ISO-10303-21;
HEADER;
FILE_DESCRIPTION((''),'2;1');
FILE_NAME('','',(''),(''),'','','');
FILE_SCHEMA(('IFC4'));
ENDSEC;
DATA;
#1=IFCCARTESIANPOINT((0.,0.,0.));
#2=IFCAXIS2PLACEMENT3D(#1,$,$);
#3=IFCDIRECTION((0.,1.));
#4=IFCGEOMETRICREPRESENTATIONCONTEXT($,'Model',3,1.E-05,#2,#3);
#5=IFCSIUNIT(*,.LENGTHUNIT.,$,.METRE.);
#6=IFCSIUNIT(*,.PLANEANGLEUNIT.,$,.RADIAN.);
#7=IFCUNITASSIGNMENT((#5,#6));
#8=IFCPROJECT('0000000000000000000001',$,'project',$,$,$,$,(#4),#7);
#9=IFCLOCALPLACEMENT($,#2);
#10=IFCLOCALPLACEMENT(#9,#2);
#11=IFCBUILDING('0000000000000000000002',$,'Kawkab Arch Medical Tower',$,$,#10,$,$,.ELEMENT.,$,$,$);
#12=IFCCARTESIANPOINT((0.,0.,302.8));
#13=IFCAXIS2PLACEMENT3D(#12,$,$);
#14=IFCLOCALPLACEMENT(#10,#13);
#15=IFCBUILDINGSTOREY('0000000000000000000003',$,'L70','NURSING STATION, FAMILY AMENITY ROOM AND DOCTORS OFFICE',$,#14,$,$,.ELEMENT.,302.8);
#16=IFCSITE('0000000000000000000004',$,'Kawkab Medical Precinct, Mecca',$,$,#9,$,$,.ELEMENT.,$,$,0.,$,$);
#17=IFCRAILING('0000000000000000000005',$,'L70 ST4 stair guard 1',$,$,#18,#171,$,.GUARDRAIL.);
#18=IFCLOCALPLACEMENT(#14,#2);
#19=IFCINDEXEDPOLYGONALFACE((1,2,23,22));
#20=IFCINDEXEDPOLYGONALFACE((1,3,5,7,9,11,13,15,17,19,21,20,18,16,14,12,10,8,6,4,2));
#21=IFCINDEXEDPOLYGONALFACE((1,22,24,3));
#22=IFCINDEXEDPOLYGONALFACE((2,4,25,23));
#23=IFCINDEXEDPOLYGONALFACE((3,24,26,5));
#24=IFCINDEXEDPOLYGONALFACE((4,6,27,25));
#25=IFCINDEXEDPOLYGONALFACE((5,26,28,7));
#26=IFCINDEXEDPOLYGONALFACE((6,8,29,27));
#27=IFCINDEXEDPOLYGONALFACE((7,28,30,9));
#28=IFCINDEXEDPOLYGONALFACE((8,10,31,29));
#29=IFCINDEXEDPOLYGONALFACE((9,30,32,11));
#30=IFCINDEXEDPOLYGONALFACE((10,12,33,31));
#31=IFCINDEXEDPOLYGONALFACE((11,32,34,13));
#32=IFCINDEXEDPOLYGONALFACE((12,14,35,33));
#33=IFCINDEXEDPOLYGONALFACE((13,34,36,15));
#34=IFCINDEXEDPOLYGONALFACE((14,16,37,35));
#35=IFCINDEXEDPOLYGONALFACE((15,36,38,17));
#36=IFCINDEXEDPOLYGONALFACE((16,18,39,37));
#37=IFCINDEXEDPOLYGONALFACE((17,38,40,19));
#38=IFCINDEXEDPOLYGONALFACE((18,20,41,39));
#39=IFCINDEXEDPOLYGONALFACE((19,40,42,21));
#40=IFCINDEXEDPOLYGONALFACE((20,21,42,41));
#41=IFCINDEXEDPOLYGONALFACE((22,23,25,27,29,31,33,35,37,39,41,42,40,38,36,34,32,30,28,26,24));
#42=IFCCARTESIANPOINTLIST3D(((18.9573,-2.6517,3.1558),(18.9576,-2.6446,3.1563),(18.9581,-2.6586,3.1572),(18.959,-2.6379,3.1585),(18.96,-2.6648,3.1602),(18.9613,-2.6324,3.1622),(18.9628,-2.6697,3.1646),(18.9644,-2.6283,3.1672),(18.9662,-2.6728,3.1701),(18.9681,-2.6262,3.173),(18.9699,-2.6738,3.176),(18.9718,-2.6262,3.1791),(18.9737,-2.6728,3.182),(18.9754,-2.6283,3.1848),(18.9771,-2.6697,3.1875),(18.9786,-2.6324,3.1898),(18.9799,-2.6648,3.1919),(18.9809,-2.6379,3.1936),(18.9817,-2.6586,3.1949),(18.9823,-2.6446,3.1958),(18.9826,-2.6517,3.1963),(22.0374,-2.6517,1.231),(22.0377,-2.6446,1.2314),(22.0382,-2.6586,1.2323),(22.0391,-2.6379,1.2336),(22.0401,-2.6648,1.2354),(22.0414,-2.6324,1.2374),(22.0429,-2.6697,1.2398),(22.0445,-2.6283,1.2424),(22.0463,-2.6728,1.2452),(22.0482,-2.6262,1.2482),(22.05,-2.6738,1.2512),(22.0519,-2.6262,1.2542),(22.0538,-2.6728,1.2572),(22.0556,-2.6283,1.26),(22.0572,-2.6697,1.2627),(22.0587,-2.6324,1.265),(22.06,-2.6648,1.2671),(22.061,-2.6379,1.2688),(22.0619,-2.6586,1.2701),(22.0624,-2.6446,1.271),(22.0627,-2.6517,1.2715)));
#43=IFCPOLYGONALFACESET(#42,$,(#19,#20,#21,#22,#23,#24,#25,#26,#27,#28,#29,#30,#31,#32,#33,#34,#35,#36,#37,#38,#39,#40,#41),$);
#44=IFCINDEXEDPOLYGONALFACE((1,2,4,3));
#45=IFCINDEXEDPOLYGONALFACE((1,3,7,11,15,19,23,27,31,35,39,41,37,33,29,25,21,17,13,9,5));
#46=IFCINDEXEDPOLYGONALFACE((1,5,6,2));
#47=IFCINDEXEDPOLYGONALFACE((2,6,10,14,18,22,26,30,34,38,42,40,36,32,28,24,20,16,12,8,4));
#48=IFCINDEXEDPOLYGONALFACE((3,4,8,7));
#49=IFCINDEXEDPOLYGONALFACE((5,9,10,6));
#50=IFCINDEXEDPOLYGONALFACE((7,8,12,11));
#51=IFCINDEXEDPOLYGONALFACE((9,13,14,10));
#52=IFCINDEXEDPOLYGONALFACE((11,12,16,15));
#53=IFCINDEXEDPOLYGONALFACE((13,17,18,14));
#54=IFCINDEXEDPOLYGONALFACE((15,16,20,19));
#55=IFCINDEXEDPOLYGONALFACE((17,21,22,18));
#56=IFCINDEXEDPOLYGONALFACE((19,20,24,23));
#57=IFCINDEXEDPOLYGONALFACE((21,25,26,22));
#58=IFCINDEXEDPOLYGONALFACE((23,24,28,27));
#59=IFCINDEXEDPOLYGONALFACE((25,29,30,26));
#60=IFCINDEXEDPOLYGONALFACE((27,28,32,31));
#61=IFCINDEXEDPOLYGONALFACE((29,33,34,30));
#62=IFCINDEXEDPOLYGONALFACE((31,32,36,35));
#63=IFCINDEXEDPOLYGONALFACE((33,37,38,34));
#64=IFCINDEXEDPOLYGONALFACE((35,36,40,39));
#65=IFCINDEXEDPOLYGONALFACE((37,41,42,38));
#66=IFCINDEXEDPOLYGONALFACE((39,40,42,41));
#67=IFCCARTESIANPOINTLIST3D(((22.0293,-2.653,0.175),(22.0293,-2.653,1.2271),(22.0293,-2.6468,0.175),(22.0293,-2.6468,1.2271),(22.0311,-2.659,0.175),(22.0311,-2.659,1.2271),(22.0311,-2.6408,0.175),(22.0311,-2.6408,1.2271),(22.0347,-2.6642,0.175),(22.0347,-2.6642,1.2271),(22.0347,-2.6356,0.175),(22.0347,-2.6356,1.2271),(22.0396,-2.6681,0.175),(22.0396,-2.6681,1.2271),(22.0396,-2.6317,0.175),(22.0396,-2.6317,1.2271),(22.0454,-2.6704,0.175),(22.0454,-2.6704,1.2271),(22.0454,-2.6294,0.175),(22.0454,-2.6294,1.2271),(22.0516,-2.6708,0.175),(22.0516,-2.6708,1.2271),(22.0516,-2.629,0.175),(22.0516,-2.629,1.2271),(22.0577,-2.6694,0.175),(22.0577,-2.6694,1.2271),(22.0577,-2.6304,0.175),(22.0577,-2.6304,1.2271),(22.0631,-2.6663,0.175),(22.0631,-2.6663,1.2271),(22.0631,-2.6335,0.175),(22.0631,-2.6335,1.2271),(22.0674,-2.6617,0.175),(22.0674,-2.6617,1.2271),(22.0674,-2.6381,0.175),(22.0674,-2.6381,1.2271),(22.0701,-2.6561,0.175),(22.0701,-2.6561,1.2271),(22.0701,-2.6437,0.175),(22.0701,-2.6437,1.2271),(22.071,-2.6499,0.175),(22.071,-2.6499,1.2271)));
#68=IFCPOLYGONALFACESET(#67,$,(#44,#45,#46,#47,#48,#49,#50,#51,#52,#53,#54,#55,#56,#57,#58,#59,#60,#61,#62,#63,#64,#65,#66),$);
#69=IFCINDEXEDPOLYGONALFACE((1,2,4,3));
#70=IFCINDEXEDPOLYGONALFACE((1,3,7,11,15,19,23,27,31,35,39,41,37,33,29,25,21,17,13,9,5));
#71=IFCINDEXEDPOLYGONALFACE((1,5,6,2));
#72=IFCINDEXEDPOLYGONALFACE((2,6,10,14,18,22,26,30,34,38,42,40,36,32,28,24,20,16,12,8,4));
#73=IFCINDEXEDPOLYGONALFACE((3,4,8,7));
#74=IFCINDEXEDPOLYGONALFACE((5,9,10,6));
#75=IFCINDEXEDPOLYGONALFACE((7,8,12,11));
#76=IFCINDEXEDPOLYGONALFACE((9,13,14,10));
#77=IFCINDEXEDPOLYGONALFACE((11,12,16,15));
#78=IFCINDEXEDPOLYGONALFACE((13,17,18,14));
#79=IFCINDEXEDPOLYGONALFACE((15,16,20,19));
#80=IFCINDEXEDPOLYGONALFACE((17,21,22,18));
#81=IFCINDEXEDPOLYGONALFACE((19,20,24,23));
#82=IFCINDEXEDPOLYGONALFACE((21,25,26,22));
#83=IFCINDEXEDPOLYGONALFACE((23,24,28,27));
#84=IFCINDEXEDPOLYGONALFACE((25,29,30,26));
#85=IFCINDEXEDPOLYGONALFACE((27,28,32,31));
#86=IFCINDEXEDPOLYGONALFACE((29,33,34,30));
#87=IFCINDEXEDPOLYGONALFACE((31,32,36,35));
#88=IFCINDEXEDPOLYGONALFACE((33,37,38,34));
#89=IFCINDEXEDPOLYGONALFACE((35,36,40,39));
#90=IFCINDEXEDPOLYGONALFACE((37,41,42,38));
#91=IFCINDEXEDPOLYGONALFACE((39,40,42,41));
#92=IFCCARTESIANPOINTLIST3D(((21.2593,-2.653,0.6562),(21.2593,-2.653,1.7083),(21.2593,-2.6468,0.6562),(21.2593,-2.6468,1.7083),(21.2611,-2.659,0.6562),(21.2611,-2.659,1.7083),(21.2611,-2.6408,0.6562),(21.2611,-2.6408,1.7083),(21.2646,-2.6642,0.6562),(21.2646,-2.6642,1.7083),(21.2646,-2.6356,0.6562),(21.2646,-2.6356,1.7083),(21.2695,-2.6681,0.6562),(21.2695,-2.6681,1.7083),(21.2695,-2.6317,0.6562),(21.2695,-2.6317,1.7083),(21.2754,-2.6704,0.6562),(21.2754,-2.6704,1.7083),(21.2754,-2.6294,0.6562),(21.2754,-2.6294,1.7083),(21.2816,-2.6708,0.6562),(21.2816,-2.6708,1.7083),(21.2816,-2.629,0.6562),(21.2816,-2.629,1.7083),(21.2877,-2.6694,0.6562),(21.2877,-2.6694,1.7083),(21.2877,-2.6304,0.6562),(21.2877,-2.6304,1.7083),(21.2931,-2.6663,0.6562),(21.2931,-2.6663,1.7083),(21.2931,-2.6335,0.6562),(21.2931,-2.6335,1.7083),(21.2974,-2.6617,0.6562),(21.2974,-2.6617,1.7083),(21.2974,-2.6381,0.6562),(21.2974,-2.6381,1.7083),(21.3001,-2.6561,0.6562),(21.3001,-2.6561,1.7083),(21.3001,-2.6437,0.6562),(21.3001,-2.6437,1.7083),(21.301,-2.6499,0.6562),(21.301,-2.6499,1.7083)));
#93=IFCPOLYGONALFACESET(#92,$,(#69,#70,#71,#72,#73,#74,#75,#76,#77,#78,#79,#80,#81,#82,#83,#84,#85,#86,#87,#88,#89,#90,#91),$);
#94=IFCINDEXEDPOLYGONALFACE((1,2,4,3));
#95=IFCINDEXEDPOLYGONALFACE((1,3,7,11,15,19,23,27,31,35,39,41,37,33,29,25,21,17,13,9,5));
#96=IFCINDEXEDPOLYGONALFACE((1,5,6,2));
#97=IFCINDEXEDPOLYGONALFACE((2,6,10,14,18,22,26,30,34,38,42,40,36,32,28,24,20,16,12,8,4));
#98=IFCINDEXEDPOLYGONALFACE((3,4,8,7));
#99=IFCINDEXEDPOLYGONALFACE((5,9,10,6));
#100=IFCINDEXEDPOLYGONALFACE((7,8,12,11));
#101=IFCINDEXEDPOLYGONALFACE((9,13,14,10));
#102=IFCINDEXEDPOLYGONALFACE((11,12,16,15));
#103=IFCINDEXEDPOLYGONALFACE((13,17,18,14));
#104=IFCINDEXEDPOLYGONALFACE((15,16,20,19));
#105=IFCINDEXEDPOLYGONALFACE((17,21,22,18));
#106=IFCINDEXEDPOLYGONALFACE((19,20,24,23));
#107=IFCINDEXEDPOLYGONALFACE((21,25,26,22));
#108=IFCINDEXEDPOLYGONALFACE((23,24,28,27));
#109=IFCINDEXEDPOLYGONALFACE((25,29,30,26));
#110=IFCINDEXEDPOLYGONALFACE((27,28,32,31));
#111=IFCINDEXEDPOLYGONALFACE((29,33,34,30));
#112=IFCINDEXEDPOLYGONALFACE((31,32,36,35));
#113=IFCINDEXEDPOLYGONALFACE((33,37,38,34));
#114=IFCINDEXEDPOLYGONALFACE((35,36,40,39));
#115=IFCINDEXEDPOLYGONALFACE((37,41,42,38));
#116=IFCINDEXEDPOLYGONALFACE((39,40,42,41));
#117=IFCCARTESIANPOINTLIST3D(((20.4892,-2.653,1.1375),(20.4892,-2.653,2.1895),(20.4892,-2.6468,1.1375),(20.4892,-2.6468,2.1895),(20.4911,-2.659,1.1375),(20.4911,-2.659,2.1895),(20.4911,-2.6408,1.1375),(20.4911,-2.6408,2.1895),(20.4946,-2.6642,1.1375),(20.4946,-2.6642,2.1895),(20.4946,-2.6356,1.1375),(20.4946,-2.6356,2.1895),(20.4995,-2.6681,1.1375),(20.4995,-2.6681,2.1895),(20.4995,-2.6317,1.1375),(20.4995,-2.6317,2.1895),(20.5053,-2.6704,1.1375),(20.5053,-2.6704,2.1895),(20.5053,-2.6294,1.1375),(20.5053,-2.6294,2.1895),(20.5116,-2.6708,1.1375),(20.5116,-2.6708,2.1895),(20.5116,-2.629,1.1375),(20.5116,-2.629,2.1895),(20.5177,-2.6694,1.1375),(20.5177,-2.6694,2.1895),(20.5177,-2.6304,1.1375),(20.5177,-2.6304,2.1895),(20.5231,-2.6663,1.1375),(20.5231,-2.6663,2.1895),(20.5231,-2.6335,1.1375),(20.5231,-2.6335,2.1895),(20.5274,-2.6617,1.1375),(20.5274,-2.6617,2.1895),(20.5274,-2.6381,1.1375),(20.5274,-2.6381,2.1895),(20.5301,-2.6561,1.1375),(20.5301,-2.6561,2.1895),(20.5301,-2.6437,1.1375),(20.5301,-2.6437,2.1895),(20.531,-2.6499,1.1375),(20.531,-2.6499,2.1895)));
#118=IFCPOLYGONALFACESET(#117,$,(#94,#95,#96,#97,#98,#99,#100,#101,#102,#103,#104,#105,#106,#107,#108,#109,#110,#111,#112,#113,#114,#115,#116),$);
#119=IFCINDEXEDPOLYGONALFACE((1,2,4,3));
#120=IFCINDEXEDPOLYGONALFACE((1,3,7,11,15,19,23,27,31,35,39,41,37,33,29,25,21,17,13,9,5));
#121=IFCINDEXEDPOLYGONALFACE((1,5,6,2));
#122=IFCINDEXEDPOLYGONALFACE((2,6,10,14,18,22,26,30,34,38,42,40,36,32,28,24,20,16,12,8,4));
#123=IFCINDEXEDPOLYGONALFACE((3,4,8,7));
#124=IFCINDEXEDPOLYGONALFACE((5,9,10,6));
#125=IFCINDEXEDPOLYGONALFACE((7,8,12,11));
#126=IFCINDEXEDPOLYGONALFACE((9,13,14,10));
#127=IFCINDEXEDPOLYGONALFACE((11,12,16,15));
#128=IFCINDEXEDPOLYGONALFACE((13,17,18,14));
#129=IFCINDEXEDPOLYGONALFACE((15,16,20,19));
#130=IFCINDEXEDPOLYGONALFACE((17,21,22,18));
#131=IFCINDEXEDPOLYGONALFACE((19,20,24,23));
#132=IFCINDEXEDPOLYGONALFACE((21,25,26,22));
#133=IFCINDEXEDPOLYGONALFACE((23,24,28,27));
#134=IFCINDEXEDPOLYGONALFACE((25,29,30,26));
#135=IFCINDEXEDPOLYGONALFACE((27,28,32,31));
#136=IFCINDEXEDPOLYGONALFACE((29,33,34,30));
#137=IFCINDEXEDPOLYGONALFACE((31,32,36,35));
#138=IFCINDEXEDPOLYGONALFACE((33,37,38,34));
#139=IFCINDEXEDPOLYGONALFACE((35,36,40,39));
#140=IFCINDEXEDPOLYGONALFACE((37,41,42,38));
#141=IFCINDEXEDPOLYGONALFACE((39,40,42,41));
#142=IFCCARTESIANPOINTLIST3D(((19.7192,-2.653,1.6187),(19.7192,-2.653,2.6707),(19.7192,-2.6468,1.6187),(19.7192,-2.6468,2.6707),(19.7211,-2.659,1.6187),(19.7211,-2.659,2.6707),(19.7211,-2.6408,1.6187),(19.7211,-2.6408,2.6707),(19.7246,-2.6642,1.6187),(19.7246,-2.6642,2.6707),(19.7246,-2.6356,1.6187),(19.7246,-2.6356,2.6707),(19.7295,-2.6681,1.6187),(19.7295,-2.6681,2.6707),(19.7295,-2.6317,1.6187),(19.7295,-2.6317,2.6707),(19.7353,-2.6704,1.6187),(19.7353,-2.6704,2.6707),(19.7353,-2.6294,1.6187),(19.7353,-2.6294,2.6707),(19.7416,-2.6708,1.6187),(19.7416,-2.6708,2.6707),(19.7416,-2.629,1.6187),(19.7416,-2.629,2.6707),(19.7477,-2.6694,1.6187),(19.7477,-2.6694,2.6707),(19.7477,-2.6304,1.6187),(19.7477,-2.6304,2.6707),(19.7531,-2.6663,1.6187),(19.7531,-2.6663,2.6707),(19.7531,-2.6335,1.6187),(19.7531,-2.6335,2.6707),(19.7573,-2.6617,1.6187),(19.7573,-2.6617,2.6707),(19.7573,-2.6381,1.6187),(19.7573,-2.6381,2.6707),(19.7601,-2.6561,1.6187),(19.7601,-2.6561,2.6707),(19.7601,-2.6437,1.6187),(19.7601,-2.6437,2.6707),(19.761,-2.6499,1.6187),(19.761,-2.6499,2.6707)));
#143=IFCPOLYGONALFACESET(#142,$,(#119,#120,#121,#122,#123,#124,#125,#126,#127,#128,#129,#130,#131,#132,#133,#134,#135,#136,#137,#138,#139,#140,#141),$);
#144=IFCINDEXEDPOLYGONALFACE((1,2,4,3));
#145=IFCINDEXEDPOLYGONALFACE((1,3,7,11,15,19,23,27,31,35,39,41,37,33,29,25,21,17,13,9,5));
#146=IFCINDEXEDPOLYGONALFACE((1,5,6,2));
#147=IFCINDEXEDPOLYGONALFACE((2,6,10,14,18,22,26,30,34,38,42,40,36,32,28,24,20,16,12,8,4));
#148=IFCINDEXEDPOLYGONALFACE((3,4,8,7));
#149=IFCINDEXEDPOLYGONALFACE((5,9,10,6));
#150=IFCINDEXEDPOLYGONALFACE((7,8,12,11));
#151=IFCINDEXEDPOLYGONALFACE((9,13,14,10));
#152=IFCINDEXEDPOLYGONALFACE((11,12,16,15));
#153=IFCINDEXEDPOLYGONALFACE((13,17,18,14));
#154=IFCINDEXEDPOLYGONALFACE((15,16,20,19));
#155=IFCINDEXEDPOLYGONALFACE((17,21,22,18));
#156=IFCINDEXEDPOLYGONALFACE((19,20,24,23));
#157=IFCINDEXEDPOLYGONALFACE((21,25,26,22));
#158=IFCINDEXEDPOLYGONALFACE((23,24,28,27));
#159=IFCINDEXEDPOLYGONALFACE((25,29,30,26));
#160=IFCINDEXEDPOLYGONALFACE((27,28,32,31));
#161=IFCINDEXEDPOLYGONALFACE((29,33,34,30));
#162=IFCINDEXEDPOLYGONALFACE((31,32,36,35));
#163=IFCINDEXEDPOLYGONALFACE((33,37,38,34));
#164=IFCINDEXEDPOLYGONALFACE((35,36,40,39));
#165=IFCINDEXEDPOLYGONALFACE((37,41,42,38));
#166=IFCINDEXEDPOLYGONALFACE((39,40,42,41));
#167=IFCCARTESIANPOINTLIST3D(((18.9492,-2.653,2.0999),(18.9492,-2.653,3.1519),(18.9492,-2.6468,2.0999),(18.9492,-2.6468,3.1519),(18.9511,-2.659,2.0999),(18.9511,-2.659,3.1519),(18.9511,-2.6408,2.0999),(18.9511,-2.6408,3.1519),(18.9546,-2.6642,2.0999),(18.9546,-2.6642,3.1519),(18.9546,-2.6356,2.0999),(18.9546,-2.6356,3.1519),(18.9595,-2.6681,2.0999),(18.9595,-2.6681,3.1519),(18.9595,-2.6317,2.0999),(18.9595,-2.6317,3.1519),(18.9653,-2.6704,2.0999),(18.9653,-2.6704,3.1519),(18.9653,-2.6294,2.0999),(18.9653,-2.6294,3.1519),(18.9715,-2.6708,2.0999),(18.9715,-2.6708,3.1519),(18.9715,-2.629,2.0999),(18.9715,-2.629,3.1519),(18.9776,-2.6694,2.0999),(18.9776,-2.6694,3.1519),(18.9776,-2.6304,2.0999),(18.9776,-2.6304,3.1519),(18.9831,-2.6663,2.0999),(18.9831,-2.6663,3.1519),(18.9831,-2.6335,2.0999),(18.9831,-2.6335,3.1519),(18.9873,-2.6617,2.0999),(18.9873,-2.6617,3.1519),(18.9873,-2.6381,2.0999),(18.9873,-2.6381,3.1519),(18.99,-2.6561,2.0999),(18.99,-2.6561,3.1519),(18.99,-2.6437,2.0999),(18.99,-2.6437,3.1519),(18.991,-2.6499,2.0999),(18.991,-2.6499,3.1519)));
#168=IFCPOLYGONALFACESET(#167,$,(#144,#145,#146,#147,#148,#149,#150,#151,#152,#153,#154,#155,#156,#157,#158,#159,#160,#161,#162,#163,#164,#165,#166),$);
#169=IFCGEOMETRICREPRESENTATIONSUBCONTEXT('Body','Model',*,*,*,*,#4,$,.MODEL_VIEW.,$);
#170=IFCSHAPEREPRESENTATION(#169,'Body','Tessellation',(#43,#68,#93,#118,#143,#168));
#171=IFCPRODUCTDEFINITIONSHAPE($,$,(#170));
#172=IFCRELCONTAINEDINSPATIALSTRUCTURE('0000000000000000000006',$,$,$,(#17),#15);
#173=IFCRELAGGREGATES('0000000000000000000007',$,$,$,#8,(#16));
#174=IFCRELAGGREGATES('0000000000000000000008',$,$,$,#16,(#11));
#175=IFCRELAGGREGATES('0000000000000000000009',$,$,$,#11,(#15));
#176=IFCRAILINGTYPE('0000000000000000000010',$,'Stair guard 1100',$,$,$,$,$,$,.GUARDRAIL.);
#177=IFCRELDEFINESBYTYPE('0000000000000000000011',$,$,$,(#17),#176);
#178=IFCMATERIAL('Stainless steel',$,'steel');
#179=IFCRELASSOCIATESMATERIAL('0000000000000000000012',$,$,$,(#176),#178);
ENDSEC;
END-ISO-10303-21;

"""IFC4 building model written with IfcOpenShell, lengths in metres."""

from ifc_helpers import new_model, si_unit, direction, frame, origin, origin_2d, place, context, subcontext, project, spatial, circle, extrude, material, type_object, element, save


model = new_model("IFC4")

# Units and contexts
model_context = context("Model", 3, precision=1e-05, world=origin(), true_north=direction((0.0, 1.0)))
body_context = subcontext(model_context, "Body", "Model", "MODEL_VIEW")
ifc_project = project(units=[si_unit("LENGTHUNIT", "METRE"), si_unit("PLANEANGLEUNIT", "RADIAN")], contexts=[model_context])

# Site, building, storey
site_placement = place(None, origin())
site = spatial("IfcSite", under=ifc_project, at=site_placement, Name="Kawkab Medical Precinct, Mecca", CompositionType="ELEMENT", RefElevation=0.0)
building_placement = place(site_placement, origin())
building = spatial("IfcBuilding", under=site, at=building_placement, Name="Kawkab Arch Medical Tower", CompositionType="ELEMENT")
storey_placement = place(building_placement, frame((0.0, 0.0, 302.8)))
storey = spatial("IfcBuildingStorey", under=building, at=storey_placement, Name="L70", Description="NURSING STATION, FAMILY AMENITY ROOM AND DOCTORS OFFICE", CompositionType="ELEMENT", Elevation=302.8)

# Railing
ifc_material_1 = material(Name="Stainless steel", Category="steel")
railing_type_1 = type_object("IfcRailingType", Name="Stair guard 1100", PredefinedType="GUARDRAIL", material=ifc_material_1)
railing_1_placement = place(storey_placement, frame((22.05, -2.6499, 0.175)))
element("IfcRailing", 1, at=railing_1_placement, inside=storey, type_object=railing_type_1, Name="L70 ST4 stair guard 1", PredefinedType="GUARDRAIL", context=body_context, shape_type="SweptSolid", body=[
    extrude(circle(Radius=0.0239, at=origin_2d()), frame((0.0, 0.0, 1.0762), z_axis=(-0.848029, 0.0, 0.529951), x_axis=(0.0, -1.0, 0.0)), (0.0, 0.0, 1.0), 3.6321),
    extrude(circle(Radius=0.021, at=origin_2d()), origin(), (0.0, 0.0, 1.0), 1.052),
    extrude(circle(Radius=0.021, at=origin_2d()), frame((-0.77, 0.0, 0.4812)), (0.0, 0.0, 1.0), 1.052),
    extrude(circle(Radius=0.021, at=origin_2d()), frame((-1.54, 0.0, 0.9624)), (0.0, 0.0, 1.0), 1.052),
    extrude(circle(Radius=0.021, at=origin_2d()), frame((-2.3101, 0.0, 1.4436)), (0.0, 0.0, 1.0), 1.052),
    extrude(circle(Radius=0.021, at=origin_2d()), frame((-3.0801, 0.0, 1.9248)), (0.0, 0.0, 1.0), 1.052),
])

save(model, "model.ifc")
